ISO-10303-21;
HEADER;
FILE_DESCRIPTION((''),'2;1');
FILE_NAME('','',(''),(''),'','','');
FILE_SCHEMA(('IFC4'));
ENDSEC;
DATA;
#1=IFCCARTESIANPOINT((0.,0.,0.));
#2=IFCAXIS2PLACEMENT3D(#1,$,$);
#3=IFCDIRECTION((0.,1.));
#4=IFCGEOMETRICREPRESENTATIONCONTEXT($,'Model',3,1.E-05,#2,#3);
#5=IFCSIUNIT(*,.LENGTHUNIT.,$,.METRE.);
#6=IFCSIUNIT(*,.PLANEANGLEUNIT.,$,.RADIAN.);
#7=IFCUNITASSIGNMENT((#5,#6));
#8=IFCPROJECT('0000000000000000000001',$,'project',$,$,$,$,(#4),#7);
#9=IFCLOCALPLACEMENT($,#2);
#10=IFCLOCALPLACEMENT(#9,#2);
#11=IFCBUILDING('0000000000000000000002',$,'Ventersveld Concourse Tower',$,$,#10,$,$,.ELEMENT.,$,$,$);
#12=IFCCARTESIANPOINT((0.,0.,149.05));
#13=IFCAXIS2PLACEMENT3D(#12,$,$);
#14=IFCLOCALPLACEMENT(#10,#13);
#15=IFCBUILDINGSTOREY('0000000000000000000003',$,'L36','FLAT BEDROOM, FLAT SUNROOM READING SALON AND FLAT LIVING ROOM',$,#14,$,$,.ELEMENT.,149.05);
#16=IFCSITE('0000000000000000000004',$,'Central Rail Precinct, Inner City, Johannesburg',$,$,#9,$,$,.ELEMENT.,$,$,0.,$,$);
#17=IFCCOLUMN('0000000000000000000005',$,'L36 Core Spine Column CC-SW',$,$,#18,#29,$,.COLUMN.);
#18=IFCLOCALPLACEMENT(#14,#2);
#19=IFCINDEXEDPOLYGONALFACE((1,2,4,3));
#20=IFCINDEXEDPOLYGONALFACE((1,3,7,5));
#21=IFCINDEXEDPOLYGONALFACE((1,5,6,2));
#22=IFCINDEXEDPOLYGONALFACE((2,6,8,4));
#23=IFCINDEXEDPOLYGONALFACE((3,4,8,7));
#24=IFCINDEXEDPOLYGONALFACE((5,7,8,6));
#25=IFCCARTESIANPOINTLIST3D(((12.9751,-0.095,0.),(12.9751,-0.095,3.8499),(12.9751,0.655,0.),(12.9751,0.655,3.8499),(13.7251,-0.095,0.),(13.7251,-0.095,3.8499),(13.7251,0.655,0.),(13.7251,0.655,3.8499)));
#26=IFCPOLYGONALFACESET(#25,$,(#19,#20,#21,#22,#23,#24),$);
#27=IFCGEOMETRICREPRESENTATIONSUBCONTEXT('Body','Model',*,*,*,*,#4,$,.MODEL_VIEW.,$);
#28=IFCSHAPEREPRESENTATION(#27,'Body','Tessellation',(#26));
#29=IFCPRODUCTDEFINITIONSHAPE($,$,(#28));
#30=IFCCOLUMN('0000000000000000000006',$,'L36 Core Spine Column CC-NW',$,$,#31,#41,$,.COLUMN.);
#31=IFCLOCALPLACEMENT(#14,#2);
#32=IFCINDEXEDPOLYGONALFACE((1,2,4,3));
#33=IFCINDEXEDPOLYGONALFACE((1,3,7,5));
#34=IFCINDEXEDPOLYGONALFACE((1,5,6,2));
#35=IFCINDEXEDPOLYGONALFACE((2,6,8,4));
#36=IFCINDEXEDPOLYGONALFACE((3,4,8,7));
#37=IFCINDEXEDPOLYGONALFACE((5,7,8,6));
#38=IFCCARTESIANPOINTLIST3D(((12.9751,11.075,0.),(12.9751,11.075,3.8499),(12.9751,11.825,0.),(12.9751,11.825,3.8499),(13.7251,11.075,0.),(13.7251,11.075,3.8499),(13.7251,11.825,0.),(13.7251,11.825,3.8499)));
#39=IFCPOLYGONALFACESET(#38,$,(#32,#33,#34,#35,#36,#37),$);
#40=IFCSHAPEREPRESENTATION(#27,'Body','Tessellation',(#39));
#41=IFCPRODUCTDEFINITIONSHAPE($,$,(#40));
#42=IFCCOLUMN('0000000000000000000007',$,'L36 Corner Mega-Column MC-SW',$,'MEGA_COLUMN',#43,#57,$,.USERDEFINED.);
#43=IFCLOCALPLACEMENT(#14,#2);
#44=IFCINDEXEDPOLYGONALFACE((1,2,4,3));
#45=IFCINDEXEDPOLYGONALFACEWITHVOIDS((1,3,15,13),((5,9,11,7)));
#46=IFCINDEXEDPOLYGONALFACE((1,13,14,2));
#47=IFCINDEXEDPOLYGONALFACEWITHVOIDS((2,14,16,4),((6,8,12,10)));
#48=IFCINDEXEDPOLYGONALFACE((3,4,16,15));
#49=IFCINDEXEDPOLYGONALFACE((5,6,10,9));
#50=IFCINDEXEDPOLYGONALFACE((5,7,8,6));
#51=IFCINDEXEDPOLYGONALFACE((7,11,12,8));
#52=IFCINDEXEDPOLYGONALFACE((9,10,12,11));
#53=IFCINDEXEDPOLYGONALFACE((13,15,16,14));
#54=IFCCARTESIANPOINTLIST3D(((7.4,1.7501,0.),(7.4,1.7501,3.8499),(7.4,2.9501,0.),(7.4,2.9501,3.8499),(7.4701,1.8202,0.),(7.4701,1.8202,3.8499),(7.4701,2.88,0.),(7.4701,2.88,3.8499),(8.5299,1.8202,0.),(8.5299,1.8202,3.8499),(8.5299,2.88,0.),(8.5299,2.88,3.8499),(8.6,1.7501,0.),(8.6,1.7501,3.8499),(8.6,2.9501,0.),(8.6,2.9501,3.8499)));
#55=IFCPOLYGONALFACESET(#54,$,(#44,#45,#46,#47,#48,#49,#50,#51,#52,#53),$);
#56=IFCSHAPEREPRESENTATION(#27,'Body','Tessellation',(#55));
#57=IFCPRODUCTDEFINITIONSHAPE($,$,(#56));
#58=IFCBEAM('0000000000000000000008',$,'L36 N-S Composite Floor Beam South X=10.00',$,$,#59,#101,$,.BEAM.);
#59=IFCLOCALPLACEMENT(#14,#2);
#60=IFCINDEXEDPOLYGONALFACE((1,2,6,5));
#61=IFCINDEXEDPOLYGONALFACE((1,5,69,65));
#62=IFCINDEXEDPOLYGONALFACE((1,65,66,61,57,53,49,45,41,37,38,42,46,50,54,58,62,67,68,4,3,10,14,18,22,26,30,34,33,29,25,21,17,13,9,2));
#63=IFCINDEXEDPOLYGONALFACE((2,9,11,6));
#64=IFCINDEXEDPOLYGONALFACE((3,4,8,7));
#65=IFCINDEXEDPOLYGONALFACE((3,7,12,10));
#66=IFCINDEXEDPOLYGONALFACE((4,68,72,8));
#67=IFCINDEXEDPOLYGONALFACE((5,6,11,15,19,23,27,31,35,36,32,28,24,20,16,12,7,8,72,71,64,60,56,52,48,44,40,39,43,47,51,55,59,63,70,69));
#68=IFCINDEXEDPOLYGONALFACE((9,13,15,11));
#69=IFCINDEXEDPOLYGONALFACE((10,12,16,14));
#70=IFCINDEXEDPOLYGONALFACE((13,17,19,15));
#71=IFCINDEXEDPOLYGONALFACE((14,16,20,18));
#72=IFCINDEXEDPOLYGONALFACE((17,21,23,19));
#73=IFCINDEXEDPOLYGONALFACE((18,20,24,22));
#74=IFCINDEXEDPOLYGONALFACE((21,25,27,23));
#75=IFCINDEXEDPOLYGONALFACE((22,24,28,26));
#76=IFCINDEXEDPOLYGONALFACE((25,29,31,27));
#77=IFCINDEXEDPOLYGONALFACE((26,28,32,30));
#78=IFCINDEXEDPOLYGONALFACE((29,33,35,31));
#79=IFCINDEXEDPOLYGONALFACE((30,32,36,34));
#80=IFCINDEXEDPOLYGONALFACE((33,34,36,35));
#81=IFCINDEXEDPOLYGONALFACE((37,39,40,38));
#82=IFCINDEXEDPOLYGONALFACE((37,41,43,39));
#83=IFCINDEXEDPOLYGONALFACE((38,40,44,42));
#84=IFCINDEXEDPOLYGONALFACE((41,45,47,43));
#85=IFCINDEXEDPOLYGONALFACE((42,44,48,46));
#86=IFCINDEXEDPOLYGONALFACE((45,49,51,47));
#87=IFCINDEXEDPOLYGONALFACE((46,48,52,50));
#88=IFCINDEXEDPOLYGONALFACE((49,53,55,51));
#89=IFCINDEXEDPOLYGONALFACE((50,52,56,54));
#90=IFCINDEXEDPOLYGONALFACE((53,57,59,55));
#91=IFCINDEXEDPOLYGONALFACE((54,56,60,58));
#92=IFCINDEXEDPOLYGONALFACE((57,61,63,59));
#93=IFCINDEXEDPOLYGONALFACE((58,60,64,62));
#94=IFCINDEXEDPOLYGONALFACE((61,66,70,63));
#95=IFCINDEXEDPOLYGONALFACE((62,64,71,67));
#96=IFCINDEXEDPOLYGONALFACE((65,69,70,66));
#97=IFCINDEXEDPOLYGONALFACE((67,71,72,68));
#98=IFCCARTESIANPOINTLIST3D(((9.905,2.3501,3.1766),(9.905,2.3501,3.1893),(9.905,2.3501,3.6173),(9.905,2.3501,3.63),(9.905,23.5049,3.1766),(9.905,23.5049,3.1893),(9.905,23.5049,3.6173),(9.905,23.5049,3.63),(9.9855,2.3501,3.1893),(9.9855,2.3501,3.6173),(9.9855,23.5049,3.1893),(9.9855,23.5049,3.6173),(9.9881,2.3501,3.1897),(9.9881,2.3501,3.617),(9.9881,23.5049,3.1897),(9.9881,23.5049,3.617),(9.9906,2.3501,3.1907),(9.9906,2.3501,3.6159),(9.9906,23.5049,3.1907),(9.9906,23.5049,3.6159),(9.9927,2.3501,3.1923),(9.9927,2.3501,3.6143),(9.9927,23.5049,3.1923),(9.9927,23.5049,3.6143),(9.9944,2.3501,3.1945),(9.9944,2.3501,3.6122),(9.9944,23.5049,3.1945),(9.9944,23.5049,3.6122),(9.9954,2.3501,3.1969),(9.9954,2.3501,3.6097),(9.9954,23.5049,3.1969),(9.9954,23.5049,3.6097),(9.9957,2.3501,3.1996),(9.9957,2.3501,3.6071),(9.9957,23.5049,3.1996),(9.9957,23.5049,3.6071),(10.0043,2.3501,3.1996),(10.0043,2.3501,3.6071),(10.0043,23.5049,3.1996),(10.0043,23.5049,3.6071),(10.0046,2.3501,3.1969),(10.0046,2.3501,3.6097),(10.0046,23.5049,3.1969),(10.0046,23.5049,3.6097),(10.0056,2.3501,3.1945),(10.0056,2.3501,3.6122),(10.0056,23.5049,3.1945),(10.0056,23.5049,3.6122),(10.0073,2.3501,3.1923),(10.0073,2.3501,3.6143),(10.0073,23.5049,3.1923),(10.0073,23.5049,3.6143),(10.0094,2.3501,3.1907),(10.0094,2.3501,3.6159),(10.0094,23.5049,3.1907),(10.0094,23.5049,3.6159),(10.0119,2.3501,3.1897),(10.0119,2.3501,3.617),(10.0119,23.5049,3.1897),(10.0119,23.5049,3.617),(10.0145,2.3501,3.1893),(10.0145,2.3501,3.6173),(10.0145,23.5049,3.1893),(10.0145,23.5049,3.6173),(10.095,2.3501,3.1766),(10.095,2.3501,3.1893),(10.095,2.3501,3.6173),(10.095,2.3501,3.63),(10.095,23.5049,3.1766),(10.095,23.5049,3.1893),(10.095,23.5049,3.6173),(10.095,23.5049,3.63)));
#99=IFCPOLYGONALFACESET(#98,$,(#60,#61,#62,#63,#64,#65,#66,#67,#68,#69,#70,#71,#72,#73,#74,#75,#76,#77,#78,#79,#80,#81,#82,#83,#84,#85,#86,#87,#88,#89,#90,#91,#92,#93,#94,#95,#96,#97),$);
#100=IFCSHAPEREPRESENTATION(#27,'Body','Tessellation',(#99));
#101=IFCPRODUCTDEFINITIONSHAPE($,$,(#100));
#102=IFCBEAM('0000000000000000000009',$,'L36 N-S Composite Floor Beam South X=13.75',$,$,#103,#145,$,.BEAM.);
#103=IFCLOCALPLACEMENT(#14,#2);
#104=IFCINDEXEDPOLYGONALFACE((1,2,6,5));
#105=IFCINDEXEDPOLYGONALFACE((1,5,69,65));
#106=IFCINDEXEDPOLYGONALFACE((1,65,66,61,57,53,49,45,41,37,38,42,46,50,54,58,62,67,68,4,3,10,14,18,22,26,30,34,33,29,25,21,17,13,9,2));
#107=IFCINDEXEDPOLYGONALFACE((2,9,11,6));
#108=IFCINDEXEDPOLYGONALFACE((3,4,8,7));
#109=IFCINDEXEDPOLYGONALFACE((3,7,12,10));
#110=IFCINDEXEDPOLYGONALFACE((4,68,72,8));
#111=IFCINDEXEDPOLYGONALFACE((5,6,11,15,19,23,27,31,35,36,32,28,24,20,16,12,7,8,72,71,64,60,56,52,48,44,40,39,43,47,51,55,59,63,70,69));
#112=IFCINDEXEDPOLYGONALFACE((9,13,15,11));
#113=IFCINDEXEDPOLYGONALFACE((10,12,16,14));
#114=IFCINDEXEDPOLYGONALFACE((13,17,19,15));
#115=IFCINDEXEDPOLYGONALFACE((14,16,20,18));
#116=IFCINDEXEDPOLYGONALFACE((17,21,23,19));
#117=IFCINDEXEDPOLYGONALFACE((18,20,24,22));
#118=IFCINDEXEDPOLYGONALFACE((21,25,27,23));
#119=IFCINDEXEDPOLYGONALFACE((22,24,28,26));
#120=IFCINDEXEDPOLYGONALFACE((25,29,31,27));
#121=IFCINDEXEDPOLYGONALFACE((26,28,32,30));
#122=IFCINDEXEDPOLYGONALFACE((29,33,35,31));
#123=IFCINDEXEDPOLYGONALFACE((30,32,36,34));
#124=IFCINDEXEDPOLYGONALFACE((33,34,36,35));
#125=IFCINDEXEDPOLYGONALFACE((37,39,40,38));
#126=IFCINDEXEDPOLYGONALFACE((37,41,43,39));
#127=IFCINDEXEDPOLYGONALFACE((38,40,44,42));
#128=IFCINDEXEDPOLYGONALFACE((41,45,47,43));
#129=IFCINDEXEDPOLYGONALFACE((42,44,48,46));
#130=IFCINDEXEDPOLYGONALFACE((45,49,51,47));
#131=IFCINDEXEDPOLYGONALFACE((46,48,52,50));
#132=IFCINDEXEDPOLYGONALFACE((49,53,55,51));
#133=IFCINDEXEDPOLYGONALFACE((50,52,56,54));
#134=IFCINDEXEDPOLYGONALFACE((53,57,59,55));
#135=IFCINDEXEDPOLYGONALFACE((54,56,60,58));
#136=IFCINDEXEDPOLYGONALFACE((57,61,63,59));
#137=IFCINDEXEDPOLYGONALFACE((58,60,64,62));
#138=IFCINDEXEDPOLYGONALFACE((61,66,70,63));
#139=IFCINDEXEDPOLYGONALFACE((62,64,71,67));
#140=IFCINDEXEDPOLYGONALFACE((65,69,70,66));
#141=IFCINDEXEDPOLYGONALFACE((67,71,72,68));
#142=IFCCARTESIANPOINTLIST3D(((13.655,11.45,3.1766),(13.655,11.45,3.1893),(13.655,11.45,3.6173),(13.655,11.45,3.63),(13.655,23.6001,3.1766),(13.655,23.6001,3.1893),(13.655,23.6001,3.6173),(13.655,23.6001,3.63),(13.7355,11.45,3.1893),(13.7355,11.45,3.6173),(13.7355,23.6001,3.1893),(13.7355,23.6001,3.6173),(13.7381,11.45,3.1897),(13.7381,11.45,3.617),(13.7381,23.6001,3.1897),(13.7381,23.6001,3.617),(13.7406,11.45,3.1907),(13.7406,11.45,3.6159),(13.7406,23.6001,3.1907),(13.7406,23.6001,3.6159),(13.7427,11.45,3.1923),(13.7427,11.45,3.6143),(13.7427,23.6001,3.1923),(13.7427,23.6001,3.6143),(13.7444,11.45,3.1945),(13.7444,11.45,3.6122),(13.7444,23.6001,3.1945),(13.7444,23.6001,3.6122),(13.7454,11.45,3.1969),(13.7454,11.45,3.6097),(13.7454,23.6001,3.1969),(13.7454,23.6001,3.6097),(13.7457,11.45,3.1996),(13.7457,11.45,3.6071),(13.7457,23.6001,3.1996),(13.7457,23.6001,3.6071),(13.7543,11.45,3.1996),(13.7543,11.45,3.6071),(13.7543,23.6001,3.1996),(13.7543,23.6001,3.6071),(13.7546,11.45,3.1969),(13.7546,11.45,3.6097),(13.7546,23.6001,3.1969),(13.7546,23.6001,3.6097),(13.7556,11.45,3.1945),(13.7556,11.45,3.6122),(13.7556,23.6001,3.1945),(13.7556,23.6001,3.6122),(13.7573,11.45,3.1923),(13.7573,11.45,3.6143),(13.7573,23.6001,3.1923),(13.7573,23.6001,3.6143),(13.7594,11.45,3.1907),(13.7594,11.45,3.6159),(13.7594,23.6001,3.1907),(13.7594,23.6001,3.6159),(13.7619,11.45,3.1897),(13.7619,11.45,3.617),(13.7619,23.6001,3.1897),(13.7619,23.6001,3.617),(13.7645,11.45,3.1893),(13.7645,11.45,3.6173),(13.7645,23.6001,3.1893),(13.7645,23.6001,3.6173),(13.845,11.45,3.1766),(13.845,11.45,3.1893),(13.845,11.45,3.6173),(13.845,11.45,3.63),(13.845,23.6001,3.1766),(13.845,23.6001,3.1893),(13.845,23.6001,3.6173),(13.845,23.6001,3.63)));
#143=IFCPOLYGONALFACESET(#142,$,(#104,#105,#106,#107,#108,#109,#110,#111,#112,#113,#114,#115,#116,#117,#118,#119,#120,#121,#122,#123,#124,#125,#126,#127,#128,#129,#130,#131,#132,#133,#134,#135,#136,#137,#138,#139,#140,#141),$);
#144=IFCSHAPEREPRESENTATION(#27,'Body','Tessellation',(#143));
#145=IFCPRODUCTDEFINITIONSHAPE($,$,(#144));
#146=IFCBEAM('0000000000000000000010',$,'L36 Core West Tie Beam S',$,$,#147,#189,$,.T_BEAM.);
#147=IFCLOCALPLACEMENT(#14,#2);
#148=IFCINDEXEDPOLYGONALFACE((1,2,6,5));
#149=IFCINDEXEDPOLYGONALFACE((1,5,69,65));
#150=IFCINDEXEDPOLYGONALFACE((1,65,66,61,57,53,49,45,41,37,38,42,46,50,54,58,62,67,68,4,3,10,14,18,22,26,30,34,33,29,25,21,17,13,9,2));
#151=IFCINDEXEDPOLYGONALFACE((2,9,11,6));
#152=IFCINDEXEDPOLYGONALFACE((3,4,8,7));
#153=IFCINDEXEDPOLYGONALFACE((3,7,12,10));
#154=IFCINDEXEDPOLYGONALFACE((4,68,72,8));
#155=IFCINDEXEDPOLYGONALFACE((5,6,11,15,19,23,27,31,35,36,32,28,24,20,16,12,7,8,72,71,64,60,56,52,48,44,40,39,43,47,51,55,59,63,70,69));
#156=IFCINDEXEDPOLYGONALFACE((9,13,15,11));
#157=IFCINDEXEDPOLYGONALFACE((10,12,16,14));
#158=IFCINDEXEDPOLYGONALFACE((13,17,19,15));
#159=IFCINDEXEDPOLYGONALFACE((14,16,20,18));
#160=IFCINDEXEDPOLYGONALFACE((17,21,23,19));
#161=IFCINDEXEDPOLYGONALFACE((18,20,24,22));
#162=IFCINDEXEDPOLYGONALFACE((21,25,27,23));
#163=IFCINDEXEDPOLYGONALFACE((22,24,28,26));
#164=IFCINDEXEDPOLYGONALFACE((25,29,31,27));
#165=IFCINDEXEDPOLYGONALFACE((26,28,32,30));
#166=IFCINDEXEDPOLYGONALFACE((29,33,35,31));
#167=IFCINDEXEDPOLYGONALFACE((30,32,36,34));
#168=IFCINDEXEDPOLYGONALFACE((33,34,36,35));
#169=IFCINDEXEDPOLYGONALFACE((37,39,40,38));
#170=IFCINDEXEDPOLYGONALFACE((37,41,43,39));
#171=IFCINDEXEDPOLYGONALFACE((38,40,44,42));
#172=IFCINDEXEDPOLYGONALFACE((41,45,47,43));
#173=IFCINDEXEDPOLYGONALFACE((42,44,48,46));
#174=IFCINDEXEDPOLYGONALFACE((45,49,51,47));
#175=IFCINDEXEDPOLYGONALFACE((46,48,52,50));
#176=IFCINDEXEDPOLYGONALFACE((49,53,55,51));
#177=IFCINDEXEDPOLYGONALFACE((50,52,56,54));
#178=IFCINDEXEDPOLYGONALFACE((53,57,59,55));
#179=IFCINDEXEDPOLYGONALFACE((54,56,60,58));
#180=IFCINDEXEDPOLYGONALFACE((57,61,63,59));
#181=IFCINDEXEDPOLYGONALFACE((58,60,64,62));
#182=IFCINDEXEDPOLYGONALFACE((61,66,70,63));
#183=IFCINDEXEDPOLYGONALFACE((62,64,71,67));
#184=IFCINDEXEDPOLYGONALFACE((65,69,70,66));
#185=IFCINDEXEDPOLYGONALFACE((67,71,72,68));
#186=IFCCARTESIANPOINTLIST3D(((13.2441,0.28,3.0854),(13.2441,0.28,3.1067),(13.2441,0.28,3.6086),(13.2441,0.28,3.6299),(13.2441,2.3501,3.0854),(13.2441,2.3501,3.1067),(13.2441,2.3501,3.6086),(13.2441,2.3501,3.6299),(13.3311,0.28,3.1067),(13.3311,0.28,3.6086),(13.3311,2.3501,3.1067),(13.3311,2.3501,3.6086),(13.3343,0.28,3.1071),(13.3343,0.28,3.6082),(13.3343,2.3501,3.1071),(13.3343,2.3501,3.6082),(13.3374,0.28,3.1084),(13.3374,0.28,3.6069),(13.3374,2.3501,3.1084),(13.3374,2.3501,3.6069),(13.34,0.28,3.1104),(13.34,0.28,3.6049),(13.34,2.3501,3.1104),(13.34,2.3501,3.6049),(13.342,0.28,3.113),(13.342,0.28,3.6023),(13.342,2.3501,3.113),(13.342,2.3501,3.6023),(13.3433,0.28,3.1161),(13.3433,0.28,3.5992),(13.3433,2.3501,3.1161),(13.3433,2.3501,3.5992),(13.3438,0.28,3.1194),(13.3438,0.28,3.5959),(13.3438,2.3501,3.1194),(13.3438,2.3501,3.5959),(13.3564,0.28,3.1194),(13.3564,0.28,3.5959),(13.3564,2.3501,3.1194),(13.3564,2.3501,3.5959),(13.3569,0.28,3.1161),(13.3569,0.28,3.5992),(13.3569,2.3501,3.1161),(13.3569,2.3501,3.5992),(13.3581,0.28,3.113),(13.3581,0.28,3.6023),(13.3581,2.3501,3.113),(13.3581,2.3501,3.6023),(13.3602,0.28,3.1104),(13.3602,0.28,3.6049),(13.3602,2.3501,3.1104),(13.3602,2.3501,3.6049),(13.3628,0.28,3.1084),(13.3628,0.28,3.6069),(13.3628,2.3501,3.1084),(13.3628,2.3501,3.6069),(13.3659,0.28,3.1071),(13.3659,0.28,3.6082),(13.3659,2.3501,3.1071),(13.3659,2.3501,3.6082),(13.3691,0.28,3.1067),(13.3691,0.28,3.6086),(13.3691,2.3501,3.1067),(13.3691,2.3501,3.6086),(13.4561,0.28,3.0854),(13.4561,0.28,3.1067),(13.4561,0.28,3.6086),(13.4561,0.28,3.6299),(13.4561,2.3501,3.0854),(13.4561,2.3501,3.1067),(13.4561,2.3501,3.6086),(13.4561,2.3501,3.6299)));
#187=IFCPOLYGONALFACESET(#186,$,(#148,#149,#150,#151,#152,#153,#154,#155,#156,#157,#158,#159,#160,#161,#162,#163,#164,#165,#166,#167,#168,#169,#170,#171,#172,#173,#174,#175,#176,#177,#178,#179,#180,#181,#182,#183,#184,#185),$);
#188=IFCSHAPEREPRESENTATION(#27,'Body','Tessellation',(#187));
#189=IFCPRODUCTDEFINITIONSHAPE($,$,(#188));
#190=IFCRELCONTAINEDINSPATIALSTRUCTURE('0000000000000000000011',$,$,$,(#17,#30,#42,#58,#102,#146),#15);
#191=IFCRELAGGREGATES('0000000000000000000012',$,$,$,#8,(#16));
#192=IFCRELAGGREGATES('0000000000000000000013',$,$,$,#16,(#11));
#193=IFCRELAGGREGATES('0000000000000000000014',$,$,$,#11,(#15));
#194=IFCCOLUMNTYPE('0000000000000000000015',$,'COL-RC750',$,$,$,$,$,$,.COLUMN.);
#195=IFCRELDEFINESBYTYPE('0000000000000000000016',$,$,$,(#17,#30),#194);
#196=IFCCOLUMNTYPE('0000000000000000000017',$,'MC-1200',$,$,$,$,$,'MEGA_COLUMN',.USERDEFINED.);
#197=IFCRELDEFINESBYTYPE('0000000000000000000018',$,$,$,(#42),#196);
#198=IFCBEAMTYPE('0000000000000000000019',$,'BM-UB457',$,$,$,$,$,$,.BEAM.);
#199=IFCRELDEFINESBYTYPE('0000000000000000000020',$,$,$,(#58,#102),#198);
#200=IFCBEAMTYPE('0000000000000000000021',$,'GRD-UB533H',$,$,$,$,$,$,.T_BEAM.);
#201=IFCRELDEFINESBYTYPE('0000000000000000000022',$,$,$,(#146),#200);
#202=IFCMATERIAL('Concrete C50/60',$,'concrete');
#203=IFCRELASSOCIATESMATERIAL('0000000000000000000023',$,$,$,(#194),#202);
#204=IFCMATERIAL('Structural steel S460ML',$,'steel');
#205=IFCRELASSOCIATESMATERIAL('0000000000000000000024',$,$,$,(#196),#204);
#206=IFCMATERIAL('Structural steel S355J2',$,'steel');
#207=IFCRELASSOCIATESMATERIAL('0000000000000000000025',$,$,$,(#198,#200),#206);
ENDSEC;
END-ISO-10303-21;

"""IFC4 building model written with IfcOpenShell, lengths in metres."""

from ifc_helpers import new_model, si_unit, direction, frame, origin, origin_2d, place, context, subcontext, project, spatial, rectangle, hollow_rectangle, i_section, extrude, material, material_profile, profile_set, type_object, element, save


model = new_model("IFC4")

# Units and contexts
model_context = context("Model", 3, precision=1e-05, world=origin(), true_north=direction((0.0, 1.0)))
body_context = subcontext(model_context, "Body", "Model", "MODEL_VIEW")
ifc_project = project(units=[si_unit("LENGTHUNIT", "METRE"), si_unit("PLANEANGLEUNIT", "RADIAN")], contexts=[model_context])

# Site, building, storey
site_placement = place(None, origin())
site = spatial("IfcSite", under=ifc_project, at=site_placement, Name="Central Rail Precinct, Inner City, Johannesburg", CompositionType="ELEMENT", RefElevation=0.0)
building_placement = place(site_placement, origin())
building = spatial("IfcBuilding", under=site, at=building_placement, Name="Ventersveld Concourse Tower", CompositionType="ELEMENT")
storey_placement = place(building_placement, frame((0.0, 0.0, 149.05)))
storey = spatial("IfcBuildingStorey", under=building, at=storey_placement, Name="L36", Description="FLAT BEDROOM, FLAT SUNROOM READING SALON AND FLAT LIVING ROOM", CompositionType="ELEMENT", Elevation=149.05)

# Columns
ifc_material_1 = material(Name="Concrete C50/60", Category="concrete")
ifc_material_profile_1 = material_profile(ifc_material_1, rectangle(XDim=0.75, YDim=0.75, at=origin_2d()), Name="RC 750x750")
ifc_profile_set_1 = profile_set([ifc_material_profile_1], Name="Concrete C50/60")
column_type_1 = type_object("IfcColumnType", Name="COL-RC750", PredefinedType="COLUMN", material=ifc_profile_set_1)
for number, where, z_axis, x_axis, name in (
    (1, (13.3501, 0.28, 0.0), (0.0, 0.0, 1.0), (1.0, 0.0, 0.0), "L36 Core Spine Column CC-SW"),
    (2, (13.3501, 11.45, 0.0), (0.0, 0.0, 1.0), (1.0, 0.0, 0.0), "L36 Core Spine Column CC-NW"),
):
    element("IfcColumn", number, at=place(storey_placement, frame(where, z_axis=z_axis, x_axis=x_axis)), inside=storey, type_object=column_type_1, Name=name, PredefinedType="COLUMN", context=body_context, shape_type="SweptSolid", body=[
        extrude(rectangle(XDim=0.75, YDim=0.75, at=origin_2d()), origin(), (0.0, 0.0, 1.0), 3.8499),
    ])
ifc_material_2 = material(Name="Structural steel S460ML", Category="steel")
ifc_material_profile_2 = material_profile(ifc_material_2, hollow_rectangle(XDim=1.2, YDim=1.2, WallThickness=0.0701, at=origin_2d()), Name="BOX 1200x1200x70")
ifc_profile_set_2 = profile_set([ifc_material_profile_2], Name="Structural steel S460ML")
column_type_2 = type_object("IfcColumnType", Name="MC-1200", ElementType="MEGA_COLUMN", PredefinedType="USERDEFINED", material=ifc_profile_set_2)
column_placement = place(storey_placement, frame((8.0, 2.3501, 0.0), z_axis=(0.0, 0.0, 1.0), x_axis=(1.0, 0.0, 0.0)))
element("IfcColumn", 3, at=column_placement, inside=storey, type_object=column_type_2, Name="L36 Corner Mega-Column MC-SW", ObjectType="MEGA_COLUMN", PredefinedType="USERDEFINED", context=body_context, shape_type="SweptSolid", body=[
    extrude(hollow_rectangle(XDim=1.2, YDim=1.2, WallThickness=0.0701, at=origin_2d()), origin(), (0.0, 0.0, 1.0), 3.8499),
])

# Beams
ifc_material_3 = material(Name="Structural steel S355J2", Category="steel")
ifc_material_profile_3 = material_profile(ifc_material_3, i_section(OverallWidth=0.1899, OverallDepth=0.4534, WebThickness=0.0085, FlangeThickness=0.0127, FilletRadius=0.0103, at=origin_2d()), Name="UB 457x191x67")
ifc_profile_set_3 = profile_set([ifc_material_profile_3], Name="Structural steel S355J2")
beam_type_1 = type_object("IfcBeamType", Name="BM-UB457", PredefinedType="BEAM", material=ifc_profile_set_3)
beam_1_placement = place(storey_placement, frame((10.0, 2.3501, 3.4033), z_axis=(0.0, 1.0, 0.0), x_axis=(-1.0, 0.0, 0.0)))
element("IfcBeam", 4, at=beam_1_placement, inside=storey, type_object=beam_type_1, Name="L36 N-S Composite Floor Beam South X=10.00", PredefinedType="BEAM", context=body_context, shape_type="SweptSolid", body=[
    extrude(i_section(OverallWidth=0.1899, OverallDepth=0.4534, WebThickness=0.0085, FlangeThickness=0.0127, FilletRadius=0.0103, at=origin_2d()), origin(), (0.0, 0.0, 1.0), 21.1548),
])
beam_2_placement = place(storey_placement, frame((13.75, 11.45, 3.4033), z_axis=(0.0, 1.0, 0.0), x_axis=(-1.0, 0.0, 0.0)))
element("IfcBeam", 5, at=beam_2_placement, inside=storey, type_object=beam_type_1, Name="L36 N-S Composite Floor Beam South X=13.75", PredefinedType="BEAM", context=body_context, shape_type="SweptSolid", body=[
    extrude(i_section(OverallWidth=0.1899, OverallDepth=0.4534, WebThickness=0.0085, FlangeThickness=0.0127, FilletRadius=0.0103, at=origin_2d()), origin(), (0.0, 0.0, 1.0), 12.1501),
])
ifc_material_profile_4 = material_profile(ifc_material_3, i_section(OverallWidth=0.2119, OverallDepth=0.5444, WebThickness=0.0127, FlangeThickness=0.0212, FilletRadius=0.0127, at=origin_2d()), Name="UB 533x210x122")
ifc_profile_set_4 = profile_set([ifc_material_profile_4], Name="Structural steel S355J2")
beam_type_2 = type_object("IfcBeamType", Name="GRD-UB533H", PredefinedType="T_BEAM", material=ifc_profile_set_4)
beam_3_placement = place(storey_placement, frame((13.3501, 0.28, 3.3577), z_axis=(0.0, 1.0, 0.0), x_axis=(-1.0, 0.0, 0.0)))
element("IfcBeam", 6, at=beam_3_placement, inside=storey, type_object=beam_type_2, Name="L36 Core West Tie Beam S", PredefinedType="T_BEAM", context=body_context, shape_type="SweptSolid", body=[
    extrude(i_section(OverallWidth=0.2119, OverallDepth=0.5444, WebThickness=0.0127, FlangeThickness=0.0212, FilletRadius=0.0127, at=origin_2d()), origin(), (0.0, 0.0, 1.0), 2.0701),
])

save(model, "model.ifc")
